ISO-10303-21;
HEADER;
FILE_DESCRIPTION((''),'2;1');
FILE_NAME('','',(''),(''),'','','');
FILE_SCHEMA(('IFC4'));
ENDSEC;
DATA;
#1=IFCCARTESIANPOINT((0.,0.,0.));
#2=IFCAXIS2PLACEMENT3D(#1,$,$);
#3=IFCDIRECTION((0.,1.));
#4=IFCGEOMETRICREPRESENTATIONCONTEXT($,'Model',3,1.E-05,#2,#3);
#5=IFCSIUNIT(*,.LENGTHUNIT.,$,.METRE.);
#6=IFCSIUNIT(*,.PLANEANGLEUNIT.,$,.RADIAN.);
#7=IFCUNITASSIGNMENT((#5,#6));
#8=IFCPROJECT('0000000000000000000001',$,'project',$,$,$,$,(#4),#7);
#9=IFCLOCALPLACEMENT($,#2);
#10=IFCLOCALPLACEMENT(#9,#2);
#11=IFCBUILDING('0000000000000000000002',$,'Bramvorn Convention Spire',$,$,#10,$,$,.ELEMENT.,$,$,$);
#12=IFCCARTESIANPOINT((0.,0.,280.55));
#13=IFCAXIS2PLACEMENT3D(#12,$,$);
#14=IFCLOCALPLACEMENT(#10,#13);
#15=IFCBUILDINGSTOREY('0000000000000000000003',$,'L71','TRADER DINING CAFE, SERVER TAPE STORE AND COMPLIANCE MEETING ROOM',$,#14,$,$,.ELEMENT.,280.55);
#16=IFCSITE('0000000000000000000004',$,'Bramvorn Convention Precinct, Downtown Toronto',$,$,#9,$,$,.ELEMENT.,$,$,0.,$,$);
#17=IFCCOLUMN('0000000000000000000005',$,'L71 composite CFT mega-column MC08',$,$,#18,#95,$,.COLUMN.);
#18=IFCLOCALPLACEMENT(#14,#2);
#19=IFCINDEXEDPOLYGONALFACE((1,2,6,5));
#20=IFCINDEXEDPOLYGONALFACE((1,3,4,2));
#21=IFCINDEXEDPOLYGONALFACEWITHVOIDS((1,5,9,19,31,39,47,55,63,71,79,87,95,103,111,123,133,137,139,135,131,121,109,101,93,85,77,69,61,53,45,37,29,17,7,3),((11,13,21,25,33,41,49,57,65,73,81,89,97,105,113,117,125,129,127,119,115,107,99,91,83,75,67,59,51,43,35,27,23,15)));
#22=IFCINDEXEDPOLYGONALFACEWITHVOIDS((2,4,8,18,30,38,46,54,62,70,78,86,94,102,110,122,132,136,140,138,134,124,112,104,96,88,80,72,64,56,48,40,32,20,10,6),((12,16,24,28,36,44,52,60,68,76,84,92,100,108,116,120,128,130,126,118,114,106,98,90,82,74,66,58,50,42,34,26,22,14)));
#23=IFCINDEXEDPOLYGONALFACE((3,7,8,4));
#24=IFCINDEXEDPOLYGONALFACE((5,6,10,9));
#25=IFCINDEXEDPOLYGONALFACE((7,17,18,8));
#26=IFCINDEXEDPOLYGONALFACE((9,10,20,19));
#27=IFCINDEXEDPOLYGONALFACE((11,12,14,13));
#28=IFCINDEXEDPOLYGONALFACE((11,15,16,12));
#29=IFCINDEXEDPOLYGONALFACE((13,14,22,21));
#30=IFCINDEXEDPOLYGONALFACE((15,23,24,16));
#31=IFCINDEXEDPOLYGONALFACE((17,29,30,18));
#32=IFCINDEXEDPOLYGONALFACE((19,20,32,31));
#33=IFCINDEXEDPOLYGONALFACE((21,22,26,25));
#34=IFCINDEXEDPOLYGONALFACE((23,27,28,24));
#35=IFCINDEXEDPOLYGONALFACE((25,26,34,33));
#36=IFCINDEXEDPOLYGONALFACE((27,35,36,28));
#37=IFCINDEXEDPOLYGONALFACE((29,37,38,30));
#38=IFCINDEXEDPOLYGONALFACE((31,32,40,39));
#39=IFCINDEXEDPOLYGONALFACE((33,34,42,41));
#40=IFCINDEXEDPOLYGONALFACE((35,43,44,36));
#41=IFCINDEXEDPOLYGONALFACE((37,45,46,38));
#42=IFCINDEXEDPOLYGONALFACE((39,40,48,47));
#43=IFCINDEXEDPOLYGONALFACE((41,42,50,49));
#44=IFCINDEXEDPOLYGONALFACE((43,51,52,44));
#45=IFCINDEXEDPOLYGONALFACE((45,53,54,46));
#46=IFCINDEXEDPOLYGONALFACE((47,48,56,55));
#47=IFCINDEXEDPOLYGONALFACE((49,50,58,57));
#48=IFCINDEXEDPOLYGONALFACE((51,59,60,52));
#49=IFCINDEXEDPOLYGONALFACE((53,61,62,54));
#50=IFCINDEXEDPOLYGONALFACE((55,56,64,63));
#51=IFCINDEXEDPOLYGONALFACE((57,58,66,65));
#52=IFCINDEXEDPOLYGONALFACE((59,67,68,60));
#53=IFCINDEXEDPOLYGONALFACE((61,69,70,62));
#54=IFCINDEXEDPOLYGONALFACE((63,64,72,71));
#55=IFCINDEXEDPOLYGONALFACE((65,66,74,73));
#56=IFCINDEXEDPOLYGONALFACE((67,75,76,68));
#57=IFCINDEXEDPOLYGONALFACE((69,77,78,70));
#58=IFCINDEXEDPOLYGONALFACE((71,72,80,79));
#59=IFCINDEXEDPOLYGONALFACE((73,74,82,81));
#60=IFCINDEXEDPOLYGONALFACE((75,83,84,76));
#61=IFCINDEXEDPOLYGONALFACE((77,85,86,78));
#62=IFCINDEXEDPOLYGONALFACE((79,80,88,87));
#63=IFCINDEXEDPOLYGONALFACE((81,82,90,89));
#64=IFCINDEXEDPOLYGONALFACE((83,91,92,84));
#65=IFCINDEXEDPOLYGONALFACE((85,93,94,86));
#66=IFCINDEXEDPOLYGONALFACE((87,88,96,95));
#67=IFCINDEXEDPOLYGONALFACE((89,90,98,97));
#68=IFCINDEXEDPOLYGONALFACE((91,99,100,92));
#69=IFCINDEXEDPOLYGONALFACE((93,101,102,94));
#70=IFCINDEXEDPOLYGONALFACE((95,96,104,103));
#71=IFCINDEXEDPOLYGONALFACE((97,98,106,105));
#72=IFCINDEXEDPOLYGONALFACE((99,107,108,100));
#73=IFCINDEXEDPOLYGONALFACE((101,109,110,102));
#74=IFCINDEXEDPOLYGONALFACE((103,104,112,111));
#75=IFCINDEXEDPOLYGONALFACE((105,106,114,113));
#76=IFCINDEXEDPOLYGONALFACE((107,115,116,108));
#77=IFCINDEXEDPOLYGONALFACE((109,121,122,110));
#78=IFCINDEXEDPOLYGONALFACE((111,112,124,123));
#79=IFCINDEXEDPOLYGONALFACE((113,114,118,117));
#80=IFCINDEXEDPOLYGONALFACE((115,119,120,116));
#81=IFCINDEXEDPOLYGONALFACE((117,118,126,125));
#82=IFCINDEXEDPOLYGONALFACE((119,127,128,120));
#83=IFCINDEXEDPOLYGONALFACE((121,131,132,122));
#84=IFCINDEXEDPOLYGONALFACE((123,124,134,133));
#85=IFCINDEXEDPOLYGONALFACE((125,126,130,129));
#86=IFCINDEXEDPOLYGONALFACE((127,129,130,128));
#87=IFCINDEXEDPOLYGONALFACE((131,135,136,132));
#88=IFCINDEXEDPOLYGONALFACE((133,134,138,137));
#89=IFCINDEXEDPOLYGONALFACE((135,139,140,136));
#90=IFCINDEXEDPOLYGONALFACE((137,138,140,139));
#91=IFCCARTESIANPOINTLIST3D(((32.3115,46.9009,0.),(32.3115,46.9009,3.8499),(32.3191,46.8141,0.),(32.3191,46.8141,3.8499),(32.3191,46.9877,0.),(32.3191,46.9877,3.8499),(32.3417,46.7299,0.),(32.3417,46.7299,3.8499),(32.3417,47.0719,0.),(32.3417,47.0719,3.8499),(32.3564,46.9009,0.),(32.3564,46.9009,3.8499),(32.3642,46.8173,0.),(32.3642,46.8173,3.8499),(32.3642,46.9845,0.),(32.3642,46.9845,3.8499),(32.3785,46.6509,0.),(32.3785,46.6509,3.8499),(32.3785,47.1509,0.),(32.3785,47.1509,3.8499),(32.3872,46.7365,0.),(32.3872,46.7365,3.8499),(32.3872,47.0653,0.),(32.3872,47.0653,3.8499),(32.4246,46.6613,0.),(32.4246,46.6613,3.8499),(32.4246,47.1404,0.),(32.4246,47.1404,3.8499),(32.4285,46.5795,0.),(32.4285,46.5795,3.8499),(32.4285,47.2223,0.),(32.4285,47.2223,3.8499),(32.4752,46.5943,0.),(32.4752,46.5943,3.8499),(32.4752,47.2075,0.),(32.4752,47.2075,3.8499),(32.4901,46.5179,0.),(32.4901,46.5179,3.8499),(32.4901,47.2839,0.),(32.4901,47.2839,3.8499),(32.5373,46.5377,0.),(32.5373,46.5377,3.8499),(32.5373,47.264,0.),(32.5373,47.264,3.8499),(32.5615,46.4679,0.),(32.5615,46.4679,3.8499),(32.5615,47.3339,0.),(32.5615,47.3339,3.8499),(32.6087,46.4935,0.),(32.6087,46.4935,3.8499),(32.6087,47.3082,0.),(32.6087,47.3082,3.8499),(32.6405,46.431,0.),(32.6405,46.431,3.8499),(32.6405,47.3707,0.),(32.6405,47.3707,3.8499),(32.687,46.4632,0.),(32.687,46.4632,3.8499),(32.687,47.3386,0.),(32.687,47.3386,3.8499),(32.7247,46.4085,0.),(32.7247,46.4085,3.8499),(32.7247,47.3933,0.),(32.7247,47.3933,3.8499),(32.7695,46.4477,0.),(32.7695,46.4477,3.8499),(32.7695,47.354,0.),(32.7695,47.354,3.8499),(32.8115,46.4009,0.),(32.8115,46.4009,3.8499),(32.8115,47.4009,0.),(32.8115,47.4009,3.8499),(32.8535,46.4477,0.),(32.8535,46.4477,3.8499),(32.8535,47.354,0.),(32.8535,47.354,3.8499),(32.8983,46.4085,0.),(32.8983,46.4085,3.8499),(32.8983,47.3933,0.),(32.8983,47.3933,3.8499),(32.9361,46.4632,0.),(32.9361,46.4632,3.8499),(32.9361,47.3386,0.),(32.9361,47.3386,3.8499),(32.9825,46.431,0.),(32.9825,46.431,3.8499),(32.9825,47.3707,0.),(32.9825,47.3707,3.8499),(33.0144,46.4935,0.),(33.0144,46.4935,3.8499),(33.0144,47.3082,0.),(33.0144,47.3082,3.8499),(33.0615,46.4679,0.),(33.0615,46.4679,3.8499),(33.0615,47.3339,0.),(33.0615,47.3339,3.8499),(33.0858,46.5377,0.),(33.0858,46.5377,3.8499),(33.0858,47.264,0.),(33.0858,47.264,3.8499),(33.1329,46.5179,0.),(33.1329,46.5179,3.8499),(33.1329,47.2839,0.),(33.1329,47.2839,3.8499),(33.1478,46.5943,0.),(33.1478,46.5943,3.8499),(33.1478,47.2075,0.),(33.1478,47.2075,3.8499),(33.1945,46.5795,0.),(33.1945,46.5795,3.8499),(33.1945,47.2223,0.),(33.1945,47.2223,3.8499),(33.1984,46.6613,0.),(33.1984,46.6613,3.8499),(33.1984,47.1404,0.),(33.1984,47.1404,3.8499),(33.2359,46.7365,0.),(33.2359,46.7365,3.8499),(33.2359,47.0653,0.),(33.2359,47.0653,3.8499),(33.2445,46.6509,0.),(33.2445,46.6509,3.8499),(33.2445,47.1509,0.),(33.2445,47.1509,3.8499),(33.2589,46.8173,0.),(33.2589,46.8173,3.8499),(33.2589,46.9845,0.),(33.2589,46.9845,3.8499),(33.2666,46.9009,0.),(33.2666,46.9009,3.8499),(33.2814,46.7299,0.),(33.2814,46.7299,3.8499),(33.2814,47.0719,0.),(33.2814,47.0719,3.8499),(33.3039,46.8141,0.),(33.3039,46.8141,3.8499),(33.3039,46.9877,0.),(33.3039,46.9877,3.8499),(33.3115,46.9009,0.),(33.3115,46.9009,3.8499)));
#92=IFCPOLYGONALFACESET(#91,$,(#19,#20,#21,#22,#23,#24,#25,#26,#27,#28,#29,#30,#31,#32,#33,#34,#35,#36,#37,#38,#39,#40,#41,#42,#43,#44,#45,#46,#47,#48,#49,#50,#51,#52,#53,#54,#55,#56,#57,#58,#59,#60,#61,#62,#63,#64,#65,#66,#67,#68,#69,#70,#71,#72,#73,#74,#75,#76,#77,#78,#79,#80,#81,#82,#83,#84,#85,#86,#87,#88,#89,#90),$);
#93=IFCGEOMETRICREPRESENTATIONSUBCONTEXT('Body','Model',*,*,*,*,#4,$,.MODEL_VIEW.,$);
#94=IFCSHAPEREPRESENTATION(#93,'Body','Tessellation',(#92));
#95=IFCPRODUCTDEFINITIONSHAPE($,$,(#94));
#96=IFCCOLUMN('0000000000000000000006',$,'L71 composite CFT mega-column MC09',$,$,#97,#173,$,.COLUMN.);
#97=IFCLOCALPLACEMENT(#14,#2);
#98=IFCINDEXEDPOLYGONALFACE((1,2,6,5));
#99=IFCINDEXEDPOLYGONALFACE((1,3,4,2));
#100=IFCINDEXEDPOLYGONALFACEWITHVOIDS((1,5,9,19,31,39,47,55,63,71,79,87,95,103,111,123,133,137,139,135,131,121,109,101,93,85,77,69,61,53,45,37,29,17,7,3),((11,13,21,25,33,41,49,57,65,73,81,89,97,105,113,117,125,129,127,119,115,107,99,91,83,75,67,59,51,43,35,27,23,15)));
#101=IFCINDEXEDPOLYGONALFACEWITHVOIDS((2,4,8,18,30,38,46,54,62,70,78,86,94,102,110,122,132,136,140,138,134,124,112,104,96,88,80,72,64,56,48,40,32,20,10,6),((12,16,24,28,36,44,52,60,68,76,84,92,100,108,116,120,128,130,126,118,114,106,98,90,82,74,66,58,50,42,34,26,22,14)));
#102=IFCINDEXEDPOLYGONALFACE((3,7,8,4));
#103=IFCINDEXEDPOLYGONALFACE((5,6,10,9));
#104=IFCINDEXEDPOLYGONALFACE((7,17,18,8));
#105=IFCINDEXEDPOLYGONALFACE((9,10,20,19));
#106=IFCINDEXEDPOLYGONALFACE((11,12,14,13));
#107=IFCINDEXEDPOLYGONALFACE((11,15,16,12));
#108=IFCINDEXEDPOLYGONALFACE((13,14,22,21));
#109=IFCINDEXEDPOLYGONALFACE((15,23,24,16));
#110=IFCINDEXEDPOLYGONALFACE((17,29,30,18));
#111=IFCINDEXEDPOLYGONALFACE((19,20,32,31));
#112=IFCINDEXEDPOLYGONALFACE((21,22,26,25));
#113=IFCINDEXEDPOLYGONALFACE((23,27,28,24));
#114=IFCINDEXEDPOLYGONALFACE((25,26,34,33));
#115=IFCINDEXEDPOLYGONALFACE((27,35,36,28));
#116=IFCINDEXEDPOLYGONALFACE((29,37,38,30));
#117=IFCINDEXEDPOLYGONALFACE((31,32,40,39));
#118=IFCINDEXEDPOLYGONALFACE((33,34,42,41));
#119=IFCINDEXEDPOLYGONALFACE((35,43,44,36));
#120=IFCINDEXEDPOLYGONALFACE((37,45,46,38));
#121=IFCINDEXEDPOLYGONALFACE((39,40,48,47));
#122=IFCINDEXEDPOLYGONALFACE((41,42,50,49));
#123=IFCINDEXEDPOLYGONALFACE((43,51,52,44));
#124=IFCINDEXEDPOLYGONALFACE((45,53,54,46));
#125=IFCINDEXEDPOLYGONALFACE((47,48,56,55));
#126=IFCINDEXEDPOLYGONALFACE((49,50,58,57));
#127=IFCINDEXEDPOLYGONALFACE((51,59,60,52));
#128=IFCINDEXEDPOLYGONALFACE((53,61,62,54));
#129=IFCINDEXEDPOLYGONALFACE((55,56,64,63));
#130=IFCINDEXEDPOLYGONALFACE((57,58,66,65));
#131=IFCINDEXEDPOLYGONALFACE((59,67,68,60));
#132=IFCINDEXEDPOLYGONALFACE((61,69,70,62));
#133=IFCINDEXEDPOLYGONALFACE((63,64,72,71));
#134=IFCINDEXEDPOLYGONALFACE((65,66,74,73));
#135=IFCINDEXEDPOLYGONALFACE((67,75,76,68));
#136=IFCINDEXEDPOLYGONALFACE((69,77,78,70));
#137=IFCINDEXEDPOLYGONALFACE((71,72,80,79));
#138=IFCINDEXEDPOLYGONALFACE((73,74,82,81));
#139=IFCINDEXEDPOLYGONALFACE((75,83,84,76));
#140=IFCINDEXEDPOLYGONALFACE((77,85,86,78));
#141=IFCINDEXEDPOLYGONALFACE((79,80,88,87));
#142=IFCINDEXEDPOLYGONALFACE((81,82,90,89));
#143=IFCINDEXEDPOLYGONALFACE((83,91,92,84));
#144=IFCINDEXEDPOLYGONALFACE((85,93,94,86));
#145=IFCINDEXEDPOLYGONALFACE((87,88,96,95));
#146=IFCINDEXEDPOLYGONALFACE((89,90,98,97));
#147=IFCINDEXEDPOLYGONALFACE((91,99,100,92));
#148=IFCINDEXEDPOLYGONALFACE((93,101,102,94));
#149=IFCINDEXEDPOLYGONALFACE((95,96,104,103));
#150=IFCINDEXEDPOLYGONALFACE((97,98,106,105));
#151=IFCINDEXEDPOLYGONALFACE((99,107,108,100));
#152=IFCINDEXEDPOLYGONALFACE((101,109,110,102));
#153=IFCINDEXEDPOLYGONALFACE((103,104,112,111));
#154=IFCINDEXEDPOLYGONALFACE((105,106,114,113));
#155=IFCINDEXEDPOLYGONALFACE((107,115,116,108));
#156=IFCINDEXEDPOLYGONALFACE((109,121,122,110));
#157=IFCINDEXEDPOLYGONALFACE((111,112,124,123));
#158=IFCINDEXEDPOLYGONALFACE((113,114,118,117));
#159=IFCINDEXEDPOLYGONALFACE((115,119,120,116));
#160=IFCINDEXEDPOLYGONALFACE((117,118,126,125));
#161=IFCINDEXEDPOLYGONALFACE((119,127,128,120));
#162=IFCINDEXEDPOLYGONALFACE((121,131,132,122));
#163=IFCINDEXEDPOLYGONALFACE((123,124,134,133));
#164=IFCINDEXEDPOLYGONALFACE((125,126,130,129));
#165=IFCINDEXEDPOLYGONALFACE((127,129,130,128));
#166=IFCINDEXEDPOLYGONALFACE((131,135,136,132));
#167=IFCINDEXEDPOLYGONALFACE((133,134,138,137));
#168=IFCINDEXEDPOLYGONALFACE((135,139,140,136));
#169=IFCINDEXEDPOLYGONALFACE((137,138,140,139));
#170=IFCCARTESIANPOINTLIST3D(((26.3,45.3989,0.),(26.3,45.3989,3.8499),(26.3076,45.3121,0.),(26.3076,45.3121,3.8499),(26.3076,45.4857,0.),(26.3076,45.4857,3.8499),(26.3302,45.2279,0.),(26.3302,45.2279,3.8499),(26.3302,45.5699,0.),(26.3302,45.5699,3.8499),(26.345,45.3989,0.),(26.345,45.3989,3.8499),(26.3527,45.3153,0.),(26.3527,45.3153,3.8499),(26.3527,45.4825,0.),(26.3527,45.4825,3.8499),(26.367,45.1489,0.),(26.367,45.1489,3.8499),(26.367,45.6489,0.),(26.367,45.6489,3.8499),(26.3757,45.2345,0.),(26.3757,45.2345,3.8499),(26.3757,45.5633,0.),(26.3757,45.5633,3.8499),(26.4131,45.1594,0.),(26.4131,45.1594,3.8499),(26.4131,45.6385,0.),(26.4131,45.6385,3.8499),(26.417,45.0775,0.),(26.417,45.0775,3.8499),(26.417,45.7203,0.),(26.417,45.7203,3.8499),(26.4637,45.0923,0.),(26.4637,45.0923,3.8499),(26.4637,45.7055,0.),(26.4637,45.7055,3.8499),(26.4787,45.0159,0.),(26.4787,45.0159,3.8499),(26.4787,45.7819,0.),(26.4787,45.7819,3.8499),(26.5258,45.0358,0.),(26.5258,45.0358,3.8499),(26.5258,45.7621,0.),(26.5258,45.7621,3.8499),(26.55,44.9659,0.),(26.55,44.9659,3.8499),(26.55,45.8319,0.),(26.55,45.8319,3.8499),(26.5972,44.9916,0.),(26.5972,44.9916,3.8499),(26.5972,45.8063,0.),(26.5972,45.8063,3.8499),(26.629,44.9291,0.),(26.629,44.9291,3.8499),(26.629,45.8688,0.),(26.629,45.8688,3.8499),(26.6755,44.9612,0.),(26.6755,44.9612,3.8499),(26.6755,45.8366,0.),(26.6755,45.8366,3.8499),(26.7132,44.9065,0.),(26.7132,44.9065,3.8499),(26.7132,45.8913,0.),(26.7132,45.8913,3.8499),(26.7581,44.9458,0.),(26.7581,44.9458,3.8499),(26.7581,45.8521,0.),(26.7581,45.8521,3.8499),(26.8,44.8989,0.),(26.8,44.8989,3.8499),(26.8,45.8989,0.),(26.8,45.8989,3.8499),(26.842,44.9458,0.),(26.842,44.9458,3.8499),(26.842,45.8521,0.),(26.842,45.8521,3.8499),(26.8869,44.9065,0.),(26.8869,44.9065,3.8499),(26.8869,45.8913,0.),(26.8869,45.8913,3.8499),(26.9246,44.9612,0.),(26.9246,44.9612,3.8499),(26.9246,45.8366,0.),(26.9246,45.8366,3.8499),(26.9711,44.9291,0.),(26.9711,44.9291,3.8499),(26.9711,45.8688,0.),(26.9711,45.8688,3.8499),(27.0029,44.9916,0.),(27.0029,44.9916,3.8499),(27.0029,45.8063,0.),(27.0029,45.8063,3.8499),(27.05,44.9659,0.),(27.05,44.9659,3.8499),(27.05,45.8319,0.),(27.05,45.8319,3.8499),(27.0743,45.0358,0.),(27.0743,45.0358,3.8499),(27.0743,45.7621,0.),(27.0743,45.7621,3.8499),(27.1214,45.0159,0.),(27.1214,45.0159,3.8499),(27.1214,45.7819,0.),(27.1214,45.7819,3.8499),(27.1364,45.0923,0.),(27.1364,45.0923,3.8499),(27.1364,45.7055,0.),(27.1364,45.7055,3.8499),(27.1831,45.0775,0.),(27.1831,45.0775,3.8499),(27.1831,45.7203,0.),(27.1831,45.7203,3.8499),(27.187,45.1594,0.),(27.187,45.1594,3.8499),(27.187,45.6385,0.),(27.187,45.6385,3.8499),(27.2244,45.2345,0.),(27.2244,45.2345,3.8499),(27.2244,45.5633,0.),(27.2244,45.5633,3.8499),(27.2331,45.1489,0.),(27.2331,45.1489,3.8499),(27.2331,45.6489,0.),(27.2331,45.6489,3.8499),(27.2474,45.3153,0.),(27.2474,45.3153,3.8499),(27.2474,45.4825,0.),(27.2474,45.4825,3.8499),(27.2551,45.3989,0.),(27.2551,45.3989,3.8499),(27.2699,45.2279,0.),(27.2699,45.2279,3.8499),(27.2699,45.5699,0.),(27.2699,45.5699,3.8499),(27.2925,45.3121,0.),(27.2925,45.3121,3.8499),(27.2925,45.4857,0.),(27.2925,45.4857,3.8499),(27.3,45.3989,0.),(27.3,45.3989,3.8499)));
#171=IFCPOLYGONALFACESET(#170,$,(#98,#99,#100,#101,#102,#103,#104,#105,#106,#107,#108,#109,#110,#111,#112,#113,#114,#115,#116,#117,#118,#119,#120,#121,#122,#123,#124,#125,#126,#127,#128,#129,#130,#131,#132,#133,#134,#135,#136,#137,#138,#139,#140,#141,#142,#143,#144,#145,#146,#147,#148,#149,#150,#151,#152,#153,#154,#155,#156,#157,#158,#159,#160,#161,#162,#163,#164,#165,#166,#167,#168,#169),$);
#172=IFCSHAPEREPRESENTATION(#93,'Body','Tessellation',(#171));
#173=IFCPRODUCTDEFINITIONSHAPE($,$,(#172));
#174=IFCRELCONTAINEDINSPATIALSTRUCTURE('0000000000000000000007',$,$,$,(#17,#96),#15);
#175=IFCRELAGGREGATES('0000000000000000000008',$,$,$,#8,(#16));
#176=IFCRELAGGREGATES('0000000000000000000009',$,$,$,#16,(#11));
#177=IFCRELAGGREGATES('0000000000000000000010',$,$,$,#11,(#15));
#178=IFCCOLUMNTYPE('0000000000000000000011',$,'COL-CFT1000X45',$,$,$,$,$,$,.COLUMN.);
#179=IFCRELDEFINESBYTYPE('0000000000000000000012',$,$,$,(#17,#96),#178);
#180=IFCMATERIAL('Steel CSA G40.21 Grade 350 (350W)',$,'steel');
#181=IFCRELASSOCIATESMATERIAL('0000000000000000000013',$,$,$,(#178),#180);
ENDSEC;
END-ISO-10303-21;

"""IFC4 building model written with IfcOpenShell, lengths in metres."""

from ifc_helpers import new_model, si_unit, direction, frame, origin, origin_2d, place, context, subcontext, project, spatial, hollow_circle, extrude, material, material_profile, profile_set, type_object, element, save


model = new_model("IFC4")

# Units and contexts
model_context = context("Model", 3, precision=1e-05, world=origin(), true_north=direction((0.0, 1.0)))
body_context = subcontext(model_context, "Body", "Model", "MODEL_VIEW")
ifc_project = project(units=[si_unit("LENGTHUNIT", "METRE"), si_unit("PLANEANGLEUNIT", "RADIAN")], contexts=[model_context])

# Site, building, storey
site_placement = place(None, origin())
site = spatial("IfcSite", under=ifc_project, at=site_placement, Name="Bramvorn Convention Precinct, Downtown Toronto", CompositionType="ELEMENT", RefElevation=0.0)
building_placement = place(site_placement, origin())
building = spatial("IfcBuilding", under=site, at=building_placement, Name="Bramvorn Convention Spire", CompositionType="ELEMENT")
storey_placement = place(building_placement, frame((0.0, 0.0, 280.55)))
storey = spatial("IfcBuildingStorey", under=building, at=storey_placement, Name="L71", Description="TRADER DINING CAFE, SERVER TAPE STORE AND COMPLIANCE MEETING ROOM", CompositionType="ELEMENT", Elevation=280.55)

# Columns
ifc_material_1 = material(Name="Steel CSA G40.21 Grade 350 (350W)", Category="steel")
ifc_material_profile_1 = material_profile(ifc_material_1, hollow_circle(Radius=0.5, WallThickness=0.0449, at=origin_2d()))
ifc_profile_set_1 = profile_set([ifc_material_profile_1], Name="Steel CSA G40.21 Grade 350 (350W) - CFT1000X45")
column_type = type_object("IfcColumnType", Name="COL-CFT1000X45", PredefinedType="COLUMN", material=ifc_profile_set_1)
for number, where, z_axis, x_axis, name in (
    (1, (32.8115, 46.9009, 0.0), (0.0, 0.0, 1.0), (1.0, 0.0, 0.0), "L71 composite CFT mega-column MC08"),
    (2, (26.8, 45.3989, 0.0), (0.0, 0.0, 1.0), (1.0, 0.0, 0.0), "L71 composite CFT mega-column MC09"),
):
    element("IfcColumn", number, at=place(storey_placement, frame(where, z_axis=z_axis, x_axis=x_axis)), inside=storey, type_object=column_type, Name=name, PredefinedType="COLUMN", context=body_context, shape_type="SweptSolid", body=[
        extrude(hollow_circle(Radius=0.5, WallThickness=0.0449, at=origin_2d()), origin(), (0.0, 0.0, 1.0), 3.8499),
    ])

save(model, "model.ifc")
